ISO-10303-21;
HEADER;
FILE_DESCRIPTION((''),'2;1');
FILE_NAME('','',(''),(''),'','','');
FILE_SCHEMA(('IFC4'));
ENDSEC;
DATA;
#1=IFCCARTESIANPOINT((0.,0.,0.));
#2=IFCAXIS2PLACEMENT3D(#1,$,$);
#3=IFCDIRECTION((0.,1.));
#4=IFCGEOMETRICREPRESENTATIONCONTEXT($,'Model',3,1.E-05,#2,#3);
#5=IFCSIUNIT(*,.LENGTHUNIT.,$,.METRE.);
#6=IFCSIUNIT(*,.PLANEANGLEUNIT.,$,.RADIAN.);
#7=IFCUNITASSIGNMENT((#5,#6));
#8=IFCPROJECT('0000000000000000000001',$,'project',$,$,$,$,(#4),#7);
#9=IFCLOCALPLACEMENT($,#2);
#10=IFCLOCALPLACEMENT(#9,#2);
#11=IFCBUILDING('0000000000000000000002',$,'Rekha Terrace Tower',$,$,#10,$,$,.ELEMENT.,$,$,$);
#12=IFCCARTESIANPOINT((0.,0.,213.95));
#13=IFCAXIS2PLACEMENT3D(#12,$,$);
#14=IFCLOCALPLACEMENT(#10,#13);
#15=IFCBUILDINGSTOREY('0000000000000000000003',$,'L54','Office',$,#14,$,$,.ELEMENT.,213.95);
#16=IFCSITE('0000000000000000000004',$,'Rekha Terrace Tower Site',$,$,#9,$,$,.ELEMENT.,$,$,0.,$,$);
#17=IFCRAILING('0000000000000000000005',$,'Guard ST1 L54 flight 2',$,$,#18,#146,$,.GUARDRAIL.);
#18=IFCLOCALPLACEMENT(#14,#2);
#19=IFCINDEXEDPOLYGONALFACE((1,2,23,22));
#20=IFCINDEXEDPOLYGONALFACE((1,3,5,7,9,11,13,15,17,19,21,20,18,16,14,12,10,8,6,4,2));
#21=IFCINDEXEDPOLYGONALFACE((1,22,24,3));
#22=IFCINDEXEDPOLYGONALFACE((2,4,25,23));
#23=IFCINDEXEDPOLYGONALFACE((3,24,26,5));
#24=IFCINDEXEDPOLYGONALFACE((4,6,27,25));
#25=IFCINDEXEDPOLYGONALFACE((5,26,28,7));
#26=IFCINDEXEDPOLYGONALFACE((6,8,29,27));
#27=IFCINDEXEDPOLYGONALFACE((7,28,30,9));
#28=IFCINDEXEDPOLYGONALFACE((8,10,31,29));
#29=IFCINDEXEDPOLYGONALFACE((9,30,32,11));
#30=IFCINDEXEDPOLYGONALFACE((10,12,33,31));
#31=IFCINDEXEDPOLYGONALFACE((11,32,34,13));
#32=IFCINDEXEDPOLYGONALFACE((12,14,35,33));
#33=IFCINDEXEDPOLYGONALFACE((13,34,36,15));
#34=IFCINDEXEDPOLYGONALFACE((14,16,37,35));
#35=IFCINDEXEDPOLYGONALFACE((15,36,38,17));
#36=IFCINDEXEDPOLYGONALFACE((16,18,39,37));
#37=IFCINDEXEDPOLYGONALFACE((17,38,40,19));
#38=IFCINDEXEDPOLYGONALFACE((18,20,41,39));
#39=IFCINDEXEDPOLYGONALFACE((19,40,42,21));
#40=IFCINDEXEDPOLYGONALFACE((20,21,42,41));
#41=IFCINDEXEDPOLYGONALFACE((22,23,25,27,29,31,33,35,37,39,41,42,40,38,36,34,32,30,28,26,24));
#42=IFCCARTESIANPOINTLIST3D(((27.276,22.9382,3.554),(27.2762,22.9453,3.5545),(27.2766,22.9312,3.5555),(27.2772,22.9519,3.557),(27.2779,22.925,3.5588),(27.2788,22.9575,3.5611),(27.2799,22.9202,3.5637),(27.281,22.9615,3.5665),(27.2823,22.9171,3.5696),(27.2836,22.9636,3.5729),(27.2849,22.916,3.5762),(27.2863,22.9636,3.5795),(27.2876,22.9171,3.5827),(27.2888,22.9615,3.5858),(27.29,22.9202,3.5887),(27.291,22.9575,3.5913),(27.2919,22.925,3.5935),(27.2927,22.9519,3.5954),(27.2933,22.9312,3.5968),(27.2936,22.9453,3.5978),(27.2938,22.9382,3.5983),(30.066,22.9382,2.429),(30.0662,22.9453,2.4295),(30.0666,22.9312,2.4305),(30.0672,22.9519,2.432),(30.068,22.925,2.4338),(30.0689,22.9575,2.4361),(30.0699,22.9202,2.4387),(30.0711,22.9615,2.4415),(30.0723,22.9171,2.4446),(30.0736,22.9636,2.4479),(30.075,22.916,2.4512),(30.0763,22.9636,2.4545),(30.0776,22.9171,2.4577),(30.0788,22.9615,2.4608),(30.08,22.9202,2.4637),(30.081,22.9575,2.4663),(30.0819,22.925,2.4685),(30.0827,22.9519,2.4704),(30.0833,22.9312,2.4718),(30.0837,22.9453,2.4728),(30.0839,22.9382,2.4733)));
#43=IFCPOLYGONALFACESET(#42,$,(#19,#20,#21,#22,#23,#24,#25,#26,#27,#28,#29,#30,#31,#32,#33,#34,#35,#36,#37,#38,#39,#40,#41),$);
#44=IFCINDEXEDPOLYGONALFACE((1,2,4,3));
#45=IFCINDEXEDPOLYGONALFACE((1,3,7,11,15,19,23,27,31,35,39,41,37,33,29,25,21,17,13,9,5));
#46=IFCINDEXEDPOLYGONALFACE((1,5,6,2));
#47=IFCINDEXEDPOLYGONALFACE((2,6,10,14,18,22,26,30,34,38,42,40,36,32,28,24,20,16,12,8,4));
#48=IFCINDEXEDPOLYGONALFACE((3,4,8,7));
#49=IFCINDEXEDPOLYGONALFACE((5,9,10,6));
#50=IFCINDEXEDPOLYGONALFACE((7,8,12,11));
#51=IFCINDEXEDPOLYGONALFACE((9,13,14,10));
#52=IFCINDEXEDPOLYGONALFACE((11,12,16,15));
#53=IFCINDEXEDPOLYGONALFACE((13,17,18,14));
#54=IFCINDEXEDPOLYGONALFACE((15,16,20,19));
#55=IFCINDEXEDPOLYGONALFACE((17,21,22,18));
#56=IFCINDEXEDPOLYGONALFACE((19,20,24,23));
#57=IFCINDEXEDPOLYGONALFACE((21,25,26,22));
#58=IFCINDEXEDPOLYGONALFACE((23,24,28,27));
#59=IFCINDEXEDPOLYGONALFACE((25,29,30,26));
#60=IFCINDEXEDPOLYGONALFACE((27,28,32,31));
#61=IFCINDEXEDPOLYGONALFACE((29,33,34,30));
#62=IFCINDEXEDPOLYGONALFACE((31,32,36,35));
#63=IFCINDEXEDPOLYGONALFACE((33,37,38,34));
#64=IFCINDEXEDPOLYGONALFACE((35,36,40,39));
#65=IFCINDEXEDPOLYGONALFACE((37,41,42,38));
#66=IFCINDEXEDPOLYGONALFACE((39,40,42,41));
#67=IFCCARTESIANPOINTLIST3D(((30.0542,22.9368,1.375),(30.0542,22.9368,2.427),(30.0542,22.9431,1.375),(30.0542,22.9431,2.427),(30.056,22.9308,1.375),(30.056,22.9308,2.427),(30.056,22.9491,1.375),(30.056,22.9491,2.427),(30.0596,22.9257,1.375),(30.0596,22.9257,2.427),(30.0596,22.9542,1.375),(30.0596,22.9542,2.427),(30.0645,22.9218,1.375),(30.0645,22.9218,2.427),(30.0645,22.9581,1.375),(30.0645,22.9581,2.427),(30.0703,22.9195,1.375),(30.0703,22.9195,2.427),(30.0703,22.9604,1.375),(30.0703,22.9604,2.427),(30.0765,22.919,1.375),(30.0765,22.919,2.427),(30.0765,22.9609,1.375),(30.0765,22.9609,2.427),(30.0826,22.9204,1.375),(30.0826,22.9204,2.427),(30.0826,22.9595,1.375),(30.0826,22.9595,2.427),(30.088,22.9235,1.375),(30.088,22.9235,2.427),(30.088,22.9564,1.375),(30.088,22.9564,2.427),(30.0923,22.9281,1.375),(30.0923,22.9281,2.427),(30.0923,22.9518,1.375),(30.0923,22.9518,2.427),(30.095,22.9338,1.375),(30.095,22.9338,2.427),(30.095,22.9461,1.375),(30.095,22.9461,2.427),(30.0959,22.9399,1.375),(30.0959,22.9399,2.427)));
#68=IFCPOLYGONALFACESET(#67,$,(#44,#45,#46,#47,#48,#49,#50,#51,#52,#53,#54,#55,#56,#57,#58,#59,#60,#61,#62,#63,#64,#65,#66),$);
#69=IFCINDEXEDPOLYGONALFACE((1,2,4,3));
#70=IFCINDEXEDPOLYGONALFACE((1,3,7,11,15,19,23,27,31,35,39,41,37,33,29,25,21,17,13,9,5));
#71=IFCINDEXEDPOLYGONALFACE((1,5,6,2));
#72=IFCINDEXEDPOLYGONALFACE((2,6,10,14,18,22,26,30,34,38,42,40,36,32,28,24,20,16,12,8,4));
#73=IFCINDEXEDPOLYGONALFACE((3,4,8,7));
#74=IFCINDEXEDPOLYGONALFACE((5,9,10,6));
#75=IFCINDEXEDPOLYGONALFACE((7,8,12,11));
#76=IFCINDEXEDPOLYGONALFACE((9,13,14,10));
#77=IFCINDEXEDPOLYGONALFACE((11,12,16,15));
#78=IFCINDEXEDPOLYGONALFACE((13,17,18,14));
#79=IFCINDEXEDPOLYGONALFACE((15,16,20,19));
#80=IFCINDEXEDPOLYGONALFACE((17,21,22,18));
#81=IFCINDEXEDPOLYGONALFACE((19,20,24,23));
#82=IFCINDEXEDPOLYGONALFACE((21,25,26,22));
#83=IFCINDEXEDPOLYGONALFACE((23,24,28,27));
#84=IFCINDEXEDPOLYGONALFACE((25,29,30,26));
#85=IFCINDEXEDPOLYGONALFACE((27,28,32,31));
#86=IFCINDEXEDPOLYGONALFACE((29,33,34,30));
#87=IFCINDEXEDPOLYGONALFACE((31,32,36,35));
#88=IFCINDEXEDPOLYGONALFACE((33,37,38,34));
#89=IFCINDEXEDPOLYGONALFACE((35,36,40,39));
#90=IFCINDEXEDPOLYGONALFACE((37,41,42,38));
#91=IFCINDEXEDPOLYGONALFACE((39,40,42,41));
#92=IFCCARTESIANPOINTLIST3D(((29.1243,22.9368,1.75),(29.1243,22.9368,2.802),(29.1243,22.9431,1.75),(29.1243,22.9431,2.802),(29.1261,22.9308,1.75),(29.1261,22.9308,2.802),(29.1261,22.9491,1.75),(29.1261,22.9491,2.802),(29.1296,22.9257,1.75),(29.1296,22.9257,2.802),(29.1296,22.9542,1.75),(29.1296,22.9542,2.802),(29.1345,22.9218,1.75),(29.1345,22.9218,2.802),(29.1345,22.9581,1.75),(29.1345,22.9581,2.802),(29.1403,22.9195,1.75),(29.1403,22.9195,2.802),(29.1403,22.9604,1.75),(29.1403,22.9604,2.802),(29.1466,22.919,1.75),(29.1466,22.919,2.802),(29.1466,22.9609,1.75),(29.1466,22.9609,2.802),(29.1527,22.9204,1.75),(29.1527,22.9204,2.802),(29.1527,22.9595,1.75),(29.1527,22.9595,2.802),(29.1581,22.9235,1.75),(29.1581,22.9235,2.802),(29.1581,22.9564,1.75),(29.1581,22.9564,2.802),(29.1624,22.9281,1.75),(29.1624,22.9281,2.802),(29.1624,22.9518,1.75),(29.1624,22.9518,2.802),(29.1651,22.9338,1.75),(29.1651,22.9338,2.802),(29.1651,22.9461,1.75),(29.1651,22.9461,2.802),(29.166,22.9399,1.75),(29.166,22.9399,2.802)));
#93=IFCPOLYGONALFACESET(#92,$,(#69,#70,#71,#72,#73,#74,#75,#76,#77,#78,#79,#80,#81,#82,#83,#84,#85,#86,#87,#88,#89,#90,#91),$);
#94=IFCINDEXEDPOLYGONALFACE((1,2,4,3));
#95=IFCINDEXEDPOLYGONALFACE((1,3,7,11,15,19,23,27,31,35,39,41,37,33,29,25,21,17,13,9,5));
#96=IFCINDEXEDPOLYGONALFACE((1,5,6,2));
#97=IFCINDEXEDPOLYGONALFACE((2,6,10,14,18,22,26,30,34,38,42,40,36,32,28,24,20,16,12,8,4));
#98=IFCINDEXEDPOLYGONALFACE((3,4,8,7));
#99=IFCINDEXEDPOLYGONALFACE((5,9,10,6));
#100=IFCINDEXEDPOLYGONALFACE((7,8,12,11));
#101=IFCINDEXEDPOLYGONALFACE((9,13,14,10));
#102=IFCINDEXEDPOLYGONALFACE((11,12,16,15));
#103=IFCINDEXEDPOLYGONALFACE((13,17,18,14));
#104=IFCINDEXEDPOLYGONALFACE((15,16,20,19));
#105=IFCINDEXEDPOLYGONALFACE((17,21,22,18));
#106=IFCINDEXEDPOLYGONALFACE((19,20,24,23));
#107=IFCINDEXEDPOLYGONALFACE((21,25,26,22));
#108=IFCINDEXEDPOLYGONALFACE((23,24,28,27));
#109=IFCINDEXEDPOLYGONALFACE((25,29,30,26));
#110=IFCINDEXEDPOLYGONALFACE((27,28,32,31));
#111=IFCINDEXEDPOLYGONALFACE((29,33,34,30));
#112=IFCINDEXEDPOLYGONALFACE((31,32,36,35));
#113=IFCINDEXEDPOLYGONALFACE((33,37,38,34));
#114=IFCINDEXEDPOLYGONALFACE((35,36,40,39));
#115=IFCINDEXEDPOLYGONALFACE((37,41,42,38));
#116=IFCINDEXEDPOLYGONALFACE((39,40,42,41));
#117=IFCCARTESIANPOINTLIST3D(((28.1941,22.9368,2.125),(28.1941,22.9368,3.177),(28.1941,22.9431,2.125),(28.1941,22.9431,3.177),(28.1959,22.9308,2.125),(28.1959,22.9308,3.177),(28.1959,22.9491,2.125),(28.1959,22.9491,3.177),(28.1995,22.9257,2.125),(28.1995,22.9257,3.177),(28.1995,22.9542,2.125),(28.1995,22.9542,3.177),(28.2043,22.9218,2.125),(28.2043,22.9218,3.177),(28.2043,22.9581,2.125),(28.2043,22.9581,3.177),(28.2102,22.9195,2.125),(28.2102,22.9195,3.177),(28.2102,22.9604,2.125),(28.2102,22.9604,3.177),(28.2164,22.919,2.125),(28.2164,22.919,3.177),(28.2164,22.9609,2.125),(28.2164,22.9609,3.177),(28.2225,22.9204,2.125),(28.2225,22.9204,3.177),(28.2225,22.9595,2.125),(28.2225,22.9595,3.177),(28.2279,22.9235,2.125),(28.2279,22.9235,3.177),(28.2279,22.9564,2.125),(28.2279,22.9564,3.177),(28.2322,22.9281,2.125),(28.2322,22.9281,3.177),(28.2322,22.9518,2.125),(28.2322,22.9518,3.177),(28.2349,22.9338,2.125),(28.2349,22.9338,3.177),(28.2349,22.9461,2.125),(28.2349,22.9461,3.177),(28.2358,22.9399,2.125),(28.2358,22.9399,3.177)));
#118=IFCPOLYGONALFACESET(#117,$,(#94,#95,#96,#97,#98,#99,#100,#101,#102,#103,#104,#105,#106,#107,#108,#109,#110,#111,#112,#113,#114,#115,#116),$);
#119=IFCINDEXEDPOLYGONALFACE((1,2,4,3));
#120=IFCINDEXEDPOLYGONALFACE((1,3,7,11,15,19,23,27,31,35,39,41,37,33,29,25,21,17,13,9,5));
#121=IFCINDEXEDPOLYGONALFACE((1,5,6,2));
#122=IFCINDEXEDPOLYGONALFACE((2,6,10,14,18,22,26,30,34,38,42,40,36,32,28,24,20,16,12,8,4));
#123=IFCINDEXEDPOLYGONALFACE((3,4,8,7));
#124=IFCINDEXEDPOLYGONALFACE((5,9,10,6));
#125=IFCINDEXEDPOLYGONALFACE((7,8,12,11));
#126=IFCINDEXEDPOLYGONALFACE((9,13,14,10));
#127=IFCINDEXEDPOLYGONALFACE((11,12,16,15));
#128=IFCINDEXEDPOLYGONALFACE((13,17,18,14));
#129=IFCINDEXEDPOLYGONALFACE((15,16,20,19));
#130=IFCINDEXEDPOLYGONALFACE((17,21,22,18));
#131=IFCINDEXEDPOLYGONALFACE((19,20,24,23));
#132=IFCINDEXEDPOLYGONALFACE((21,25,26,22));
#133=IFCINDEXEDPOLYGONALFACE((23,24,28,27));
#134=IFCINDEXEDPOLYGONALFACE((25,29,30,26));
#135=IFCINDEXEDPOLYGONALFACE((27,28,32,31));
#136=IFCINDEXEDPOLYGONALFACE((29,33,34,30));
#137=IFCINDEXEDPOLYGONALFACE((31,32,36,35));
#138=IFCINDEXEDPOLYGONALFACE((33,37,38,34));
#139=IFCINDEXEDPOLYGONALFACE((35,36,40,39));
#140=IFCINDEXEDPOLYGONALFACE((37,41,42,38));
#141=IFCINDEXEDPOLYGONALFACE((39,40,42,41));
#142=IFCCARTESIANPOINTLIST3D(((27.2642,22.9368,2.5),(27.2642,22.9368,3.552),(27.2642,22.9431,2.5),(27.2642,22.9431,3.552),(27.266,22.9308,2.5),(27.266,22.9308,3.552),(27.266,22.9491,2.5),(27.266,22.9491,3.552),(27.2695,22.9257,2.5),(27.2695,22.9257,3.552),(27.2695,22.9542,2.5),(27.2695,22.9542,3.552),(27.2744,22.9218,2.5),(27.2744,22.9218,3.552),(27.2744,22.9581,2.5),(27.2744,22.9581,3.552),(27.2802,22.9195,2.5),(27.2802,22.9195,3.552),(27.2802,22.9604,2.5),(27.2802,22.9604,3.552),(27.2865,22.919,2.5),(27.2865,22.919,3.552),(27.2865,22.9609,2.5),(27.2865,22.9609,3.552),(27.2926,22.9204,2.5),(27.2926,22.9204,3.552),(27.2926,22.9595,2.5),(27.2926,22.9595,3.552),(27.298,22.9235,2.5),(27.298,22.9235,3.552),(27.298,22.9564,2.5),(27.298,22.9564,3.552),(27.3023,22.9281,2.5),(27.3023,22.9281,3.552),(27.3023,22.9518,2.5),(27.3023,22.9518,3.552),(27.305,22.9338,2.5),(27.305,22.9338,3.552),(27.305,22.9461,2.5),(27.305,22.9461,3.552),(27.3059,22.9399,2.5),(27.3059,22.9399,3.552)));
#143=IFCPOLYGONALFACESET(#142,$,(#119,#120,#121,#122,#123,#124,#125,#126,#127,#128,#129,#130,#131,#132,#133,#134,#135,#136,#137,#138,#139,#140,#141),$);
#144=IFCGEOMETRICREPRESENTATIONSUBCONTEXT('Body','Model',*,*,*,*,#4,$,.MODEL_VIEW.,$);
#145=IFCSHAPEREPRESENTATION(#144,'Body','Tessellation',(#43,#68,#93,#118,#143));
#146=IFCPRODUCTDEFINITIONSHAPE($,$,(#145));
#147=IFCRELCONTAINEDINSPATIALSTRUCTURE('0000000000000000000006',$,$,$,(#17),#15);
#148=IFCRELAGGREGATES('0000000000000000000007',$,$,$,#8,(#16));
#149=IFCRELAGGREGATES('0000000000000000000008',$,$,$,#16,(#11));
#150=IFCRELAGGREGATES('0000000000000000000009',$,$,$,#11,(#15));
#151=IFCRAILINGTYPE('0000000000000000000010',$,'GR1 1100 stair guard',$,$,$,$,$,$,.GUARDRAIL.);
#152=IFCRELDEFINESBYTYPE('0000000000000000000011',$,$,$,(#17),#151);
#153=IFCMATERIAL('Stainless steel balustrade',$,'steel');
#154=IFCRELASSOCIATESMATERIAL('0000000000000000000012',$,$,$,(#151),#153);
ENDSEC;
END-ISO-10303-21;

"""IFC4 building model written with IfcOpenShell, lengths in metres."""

from ifc_helpers import new_model, si_unit, direction, frame, origin, origin_2d, place, context, subcontext, project, spatial, circle, extrude, material, type_object, element, save


model = new_model("IFC4")

# Units and contexts
model_context = context("Model", 3, precision=1e-05, world=origin(), true_north=direction((0.0, 1.0)))
body_context = subcontext(model_context, "Body", "Model", "MODEL_VIEW")
ifc_project = project(units=[si_unit("LENGTHUNIT", "METRE"), si_unit("PLANEANGLEUNIT", "RADIAN")], contexts=[model_context])

# Site, building, storey
site_placement = place(None, origin())
site = spatial("IfcSite", under=ifc_project, at=site_placement, Name="Rekha Terrace Tower Site", CompositionType="ELEMENT", RefElevation=0.0)
building_placement = place(site_placement, origin())
building = spatial("IfcBuilding", under=site, at=building_placement, Name="Rekha Terrace Tower", CompositionType="ELEMENT")
storey_placement = place(building_placement, frame((0.0, 0.0, 213.95)))
storey = spatial("IfcBuildingStorey", under=building, at=storey_placement, Name="L54", Description="Office", CompositionType="ELEMENT", Elevation=213.95)

# Railing
ifc_material_1 = material(Name="Stainless steel balustrade", Category="steel")
railing_type_1 = type_object("IfcRailingType", Name="GR1 1100 stair guard", PredefinedType="GUARDRAIL", material=ifc_material_1)
railing_1_placement = place(storey_placement, frame((30.075, 22.9399, 1.375)))
element("IfcRailing", 1, at=railing_1_placement, inside=storey, type_object=railing_type_1, Name="Guard ST1 L54 flight 2", PredefinedType="GUARDRAIL", context=body_context, shape_type="SweptSolid", body=[
    extrude(circle(Radius=0.0239, at=origin_2d()), frame((0.0, 0.0, 1.0762), z_axis=(-0.927443, 0.0, 0.373964), x_axis=(0.0, -1.0, 0.0)), (0.0, 0.0, 1.0), 3.0083),
    extrude(circle(Radius=0.021, at=origin_2d()), origin(), (0.0, 0.0, 1.0), 1.052),
    extrude(circle(Radius=0.021, at=origin_2d()), frame((-0.9299, 0.0, 0.375)), (0.0, 0.0, 1.0), 1.052),
    extrude(circle(Radius=0.021, at=origin_2d()), frame((-1.8601, 0.0, 0.75)), (0.0, 0.0, 1.0), 1.052),
    extrude(circle(Radius=0.021, at=origin_2d()), frame((-2.79, 0.0, 1.125)), (0.0, 0.0, 1.0), 1.052),
])

save(model, "model.ifc")
